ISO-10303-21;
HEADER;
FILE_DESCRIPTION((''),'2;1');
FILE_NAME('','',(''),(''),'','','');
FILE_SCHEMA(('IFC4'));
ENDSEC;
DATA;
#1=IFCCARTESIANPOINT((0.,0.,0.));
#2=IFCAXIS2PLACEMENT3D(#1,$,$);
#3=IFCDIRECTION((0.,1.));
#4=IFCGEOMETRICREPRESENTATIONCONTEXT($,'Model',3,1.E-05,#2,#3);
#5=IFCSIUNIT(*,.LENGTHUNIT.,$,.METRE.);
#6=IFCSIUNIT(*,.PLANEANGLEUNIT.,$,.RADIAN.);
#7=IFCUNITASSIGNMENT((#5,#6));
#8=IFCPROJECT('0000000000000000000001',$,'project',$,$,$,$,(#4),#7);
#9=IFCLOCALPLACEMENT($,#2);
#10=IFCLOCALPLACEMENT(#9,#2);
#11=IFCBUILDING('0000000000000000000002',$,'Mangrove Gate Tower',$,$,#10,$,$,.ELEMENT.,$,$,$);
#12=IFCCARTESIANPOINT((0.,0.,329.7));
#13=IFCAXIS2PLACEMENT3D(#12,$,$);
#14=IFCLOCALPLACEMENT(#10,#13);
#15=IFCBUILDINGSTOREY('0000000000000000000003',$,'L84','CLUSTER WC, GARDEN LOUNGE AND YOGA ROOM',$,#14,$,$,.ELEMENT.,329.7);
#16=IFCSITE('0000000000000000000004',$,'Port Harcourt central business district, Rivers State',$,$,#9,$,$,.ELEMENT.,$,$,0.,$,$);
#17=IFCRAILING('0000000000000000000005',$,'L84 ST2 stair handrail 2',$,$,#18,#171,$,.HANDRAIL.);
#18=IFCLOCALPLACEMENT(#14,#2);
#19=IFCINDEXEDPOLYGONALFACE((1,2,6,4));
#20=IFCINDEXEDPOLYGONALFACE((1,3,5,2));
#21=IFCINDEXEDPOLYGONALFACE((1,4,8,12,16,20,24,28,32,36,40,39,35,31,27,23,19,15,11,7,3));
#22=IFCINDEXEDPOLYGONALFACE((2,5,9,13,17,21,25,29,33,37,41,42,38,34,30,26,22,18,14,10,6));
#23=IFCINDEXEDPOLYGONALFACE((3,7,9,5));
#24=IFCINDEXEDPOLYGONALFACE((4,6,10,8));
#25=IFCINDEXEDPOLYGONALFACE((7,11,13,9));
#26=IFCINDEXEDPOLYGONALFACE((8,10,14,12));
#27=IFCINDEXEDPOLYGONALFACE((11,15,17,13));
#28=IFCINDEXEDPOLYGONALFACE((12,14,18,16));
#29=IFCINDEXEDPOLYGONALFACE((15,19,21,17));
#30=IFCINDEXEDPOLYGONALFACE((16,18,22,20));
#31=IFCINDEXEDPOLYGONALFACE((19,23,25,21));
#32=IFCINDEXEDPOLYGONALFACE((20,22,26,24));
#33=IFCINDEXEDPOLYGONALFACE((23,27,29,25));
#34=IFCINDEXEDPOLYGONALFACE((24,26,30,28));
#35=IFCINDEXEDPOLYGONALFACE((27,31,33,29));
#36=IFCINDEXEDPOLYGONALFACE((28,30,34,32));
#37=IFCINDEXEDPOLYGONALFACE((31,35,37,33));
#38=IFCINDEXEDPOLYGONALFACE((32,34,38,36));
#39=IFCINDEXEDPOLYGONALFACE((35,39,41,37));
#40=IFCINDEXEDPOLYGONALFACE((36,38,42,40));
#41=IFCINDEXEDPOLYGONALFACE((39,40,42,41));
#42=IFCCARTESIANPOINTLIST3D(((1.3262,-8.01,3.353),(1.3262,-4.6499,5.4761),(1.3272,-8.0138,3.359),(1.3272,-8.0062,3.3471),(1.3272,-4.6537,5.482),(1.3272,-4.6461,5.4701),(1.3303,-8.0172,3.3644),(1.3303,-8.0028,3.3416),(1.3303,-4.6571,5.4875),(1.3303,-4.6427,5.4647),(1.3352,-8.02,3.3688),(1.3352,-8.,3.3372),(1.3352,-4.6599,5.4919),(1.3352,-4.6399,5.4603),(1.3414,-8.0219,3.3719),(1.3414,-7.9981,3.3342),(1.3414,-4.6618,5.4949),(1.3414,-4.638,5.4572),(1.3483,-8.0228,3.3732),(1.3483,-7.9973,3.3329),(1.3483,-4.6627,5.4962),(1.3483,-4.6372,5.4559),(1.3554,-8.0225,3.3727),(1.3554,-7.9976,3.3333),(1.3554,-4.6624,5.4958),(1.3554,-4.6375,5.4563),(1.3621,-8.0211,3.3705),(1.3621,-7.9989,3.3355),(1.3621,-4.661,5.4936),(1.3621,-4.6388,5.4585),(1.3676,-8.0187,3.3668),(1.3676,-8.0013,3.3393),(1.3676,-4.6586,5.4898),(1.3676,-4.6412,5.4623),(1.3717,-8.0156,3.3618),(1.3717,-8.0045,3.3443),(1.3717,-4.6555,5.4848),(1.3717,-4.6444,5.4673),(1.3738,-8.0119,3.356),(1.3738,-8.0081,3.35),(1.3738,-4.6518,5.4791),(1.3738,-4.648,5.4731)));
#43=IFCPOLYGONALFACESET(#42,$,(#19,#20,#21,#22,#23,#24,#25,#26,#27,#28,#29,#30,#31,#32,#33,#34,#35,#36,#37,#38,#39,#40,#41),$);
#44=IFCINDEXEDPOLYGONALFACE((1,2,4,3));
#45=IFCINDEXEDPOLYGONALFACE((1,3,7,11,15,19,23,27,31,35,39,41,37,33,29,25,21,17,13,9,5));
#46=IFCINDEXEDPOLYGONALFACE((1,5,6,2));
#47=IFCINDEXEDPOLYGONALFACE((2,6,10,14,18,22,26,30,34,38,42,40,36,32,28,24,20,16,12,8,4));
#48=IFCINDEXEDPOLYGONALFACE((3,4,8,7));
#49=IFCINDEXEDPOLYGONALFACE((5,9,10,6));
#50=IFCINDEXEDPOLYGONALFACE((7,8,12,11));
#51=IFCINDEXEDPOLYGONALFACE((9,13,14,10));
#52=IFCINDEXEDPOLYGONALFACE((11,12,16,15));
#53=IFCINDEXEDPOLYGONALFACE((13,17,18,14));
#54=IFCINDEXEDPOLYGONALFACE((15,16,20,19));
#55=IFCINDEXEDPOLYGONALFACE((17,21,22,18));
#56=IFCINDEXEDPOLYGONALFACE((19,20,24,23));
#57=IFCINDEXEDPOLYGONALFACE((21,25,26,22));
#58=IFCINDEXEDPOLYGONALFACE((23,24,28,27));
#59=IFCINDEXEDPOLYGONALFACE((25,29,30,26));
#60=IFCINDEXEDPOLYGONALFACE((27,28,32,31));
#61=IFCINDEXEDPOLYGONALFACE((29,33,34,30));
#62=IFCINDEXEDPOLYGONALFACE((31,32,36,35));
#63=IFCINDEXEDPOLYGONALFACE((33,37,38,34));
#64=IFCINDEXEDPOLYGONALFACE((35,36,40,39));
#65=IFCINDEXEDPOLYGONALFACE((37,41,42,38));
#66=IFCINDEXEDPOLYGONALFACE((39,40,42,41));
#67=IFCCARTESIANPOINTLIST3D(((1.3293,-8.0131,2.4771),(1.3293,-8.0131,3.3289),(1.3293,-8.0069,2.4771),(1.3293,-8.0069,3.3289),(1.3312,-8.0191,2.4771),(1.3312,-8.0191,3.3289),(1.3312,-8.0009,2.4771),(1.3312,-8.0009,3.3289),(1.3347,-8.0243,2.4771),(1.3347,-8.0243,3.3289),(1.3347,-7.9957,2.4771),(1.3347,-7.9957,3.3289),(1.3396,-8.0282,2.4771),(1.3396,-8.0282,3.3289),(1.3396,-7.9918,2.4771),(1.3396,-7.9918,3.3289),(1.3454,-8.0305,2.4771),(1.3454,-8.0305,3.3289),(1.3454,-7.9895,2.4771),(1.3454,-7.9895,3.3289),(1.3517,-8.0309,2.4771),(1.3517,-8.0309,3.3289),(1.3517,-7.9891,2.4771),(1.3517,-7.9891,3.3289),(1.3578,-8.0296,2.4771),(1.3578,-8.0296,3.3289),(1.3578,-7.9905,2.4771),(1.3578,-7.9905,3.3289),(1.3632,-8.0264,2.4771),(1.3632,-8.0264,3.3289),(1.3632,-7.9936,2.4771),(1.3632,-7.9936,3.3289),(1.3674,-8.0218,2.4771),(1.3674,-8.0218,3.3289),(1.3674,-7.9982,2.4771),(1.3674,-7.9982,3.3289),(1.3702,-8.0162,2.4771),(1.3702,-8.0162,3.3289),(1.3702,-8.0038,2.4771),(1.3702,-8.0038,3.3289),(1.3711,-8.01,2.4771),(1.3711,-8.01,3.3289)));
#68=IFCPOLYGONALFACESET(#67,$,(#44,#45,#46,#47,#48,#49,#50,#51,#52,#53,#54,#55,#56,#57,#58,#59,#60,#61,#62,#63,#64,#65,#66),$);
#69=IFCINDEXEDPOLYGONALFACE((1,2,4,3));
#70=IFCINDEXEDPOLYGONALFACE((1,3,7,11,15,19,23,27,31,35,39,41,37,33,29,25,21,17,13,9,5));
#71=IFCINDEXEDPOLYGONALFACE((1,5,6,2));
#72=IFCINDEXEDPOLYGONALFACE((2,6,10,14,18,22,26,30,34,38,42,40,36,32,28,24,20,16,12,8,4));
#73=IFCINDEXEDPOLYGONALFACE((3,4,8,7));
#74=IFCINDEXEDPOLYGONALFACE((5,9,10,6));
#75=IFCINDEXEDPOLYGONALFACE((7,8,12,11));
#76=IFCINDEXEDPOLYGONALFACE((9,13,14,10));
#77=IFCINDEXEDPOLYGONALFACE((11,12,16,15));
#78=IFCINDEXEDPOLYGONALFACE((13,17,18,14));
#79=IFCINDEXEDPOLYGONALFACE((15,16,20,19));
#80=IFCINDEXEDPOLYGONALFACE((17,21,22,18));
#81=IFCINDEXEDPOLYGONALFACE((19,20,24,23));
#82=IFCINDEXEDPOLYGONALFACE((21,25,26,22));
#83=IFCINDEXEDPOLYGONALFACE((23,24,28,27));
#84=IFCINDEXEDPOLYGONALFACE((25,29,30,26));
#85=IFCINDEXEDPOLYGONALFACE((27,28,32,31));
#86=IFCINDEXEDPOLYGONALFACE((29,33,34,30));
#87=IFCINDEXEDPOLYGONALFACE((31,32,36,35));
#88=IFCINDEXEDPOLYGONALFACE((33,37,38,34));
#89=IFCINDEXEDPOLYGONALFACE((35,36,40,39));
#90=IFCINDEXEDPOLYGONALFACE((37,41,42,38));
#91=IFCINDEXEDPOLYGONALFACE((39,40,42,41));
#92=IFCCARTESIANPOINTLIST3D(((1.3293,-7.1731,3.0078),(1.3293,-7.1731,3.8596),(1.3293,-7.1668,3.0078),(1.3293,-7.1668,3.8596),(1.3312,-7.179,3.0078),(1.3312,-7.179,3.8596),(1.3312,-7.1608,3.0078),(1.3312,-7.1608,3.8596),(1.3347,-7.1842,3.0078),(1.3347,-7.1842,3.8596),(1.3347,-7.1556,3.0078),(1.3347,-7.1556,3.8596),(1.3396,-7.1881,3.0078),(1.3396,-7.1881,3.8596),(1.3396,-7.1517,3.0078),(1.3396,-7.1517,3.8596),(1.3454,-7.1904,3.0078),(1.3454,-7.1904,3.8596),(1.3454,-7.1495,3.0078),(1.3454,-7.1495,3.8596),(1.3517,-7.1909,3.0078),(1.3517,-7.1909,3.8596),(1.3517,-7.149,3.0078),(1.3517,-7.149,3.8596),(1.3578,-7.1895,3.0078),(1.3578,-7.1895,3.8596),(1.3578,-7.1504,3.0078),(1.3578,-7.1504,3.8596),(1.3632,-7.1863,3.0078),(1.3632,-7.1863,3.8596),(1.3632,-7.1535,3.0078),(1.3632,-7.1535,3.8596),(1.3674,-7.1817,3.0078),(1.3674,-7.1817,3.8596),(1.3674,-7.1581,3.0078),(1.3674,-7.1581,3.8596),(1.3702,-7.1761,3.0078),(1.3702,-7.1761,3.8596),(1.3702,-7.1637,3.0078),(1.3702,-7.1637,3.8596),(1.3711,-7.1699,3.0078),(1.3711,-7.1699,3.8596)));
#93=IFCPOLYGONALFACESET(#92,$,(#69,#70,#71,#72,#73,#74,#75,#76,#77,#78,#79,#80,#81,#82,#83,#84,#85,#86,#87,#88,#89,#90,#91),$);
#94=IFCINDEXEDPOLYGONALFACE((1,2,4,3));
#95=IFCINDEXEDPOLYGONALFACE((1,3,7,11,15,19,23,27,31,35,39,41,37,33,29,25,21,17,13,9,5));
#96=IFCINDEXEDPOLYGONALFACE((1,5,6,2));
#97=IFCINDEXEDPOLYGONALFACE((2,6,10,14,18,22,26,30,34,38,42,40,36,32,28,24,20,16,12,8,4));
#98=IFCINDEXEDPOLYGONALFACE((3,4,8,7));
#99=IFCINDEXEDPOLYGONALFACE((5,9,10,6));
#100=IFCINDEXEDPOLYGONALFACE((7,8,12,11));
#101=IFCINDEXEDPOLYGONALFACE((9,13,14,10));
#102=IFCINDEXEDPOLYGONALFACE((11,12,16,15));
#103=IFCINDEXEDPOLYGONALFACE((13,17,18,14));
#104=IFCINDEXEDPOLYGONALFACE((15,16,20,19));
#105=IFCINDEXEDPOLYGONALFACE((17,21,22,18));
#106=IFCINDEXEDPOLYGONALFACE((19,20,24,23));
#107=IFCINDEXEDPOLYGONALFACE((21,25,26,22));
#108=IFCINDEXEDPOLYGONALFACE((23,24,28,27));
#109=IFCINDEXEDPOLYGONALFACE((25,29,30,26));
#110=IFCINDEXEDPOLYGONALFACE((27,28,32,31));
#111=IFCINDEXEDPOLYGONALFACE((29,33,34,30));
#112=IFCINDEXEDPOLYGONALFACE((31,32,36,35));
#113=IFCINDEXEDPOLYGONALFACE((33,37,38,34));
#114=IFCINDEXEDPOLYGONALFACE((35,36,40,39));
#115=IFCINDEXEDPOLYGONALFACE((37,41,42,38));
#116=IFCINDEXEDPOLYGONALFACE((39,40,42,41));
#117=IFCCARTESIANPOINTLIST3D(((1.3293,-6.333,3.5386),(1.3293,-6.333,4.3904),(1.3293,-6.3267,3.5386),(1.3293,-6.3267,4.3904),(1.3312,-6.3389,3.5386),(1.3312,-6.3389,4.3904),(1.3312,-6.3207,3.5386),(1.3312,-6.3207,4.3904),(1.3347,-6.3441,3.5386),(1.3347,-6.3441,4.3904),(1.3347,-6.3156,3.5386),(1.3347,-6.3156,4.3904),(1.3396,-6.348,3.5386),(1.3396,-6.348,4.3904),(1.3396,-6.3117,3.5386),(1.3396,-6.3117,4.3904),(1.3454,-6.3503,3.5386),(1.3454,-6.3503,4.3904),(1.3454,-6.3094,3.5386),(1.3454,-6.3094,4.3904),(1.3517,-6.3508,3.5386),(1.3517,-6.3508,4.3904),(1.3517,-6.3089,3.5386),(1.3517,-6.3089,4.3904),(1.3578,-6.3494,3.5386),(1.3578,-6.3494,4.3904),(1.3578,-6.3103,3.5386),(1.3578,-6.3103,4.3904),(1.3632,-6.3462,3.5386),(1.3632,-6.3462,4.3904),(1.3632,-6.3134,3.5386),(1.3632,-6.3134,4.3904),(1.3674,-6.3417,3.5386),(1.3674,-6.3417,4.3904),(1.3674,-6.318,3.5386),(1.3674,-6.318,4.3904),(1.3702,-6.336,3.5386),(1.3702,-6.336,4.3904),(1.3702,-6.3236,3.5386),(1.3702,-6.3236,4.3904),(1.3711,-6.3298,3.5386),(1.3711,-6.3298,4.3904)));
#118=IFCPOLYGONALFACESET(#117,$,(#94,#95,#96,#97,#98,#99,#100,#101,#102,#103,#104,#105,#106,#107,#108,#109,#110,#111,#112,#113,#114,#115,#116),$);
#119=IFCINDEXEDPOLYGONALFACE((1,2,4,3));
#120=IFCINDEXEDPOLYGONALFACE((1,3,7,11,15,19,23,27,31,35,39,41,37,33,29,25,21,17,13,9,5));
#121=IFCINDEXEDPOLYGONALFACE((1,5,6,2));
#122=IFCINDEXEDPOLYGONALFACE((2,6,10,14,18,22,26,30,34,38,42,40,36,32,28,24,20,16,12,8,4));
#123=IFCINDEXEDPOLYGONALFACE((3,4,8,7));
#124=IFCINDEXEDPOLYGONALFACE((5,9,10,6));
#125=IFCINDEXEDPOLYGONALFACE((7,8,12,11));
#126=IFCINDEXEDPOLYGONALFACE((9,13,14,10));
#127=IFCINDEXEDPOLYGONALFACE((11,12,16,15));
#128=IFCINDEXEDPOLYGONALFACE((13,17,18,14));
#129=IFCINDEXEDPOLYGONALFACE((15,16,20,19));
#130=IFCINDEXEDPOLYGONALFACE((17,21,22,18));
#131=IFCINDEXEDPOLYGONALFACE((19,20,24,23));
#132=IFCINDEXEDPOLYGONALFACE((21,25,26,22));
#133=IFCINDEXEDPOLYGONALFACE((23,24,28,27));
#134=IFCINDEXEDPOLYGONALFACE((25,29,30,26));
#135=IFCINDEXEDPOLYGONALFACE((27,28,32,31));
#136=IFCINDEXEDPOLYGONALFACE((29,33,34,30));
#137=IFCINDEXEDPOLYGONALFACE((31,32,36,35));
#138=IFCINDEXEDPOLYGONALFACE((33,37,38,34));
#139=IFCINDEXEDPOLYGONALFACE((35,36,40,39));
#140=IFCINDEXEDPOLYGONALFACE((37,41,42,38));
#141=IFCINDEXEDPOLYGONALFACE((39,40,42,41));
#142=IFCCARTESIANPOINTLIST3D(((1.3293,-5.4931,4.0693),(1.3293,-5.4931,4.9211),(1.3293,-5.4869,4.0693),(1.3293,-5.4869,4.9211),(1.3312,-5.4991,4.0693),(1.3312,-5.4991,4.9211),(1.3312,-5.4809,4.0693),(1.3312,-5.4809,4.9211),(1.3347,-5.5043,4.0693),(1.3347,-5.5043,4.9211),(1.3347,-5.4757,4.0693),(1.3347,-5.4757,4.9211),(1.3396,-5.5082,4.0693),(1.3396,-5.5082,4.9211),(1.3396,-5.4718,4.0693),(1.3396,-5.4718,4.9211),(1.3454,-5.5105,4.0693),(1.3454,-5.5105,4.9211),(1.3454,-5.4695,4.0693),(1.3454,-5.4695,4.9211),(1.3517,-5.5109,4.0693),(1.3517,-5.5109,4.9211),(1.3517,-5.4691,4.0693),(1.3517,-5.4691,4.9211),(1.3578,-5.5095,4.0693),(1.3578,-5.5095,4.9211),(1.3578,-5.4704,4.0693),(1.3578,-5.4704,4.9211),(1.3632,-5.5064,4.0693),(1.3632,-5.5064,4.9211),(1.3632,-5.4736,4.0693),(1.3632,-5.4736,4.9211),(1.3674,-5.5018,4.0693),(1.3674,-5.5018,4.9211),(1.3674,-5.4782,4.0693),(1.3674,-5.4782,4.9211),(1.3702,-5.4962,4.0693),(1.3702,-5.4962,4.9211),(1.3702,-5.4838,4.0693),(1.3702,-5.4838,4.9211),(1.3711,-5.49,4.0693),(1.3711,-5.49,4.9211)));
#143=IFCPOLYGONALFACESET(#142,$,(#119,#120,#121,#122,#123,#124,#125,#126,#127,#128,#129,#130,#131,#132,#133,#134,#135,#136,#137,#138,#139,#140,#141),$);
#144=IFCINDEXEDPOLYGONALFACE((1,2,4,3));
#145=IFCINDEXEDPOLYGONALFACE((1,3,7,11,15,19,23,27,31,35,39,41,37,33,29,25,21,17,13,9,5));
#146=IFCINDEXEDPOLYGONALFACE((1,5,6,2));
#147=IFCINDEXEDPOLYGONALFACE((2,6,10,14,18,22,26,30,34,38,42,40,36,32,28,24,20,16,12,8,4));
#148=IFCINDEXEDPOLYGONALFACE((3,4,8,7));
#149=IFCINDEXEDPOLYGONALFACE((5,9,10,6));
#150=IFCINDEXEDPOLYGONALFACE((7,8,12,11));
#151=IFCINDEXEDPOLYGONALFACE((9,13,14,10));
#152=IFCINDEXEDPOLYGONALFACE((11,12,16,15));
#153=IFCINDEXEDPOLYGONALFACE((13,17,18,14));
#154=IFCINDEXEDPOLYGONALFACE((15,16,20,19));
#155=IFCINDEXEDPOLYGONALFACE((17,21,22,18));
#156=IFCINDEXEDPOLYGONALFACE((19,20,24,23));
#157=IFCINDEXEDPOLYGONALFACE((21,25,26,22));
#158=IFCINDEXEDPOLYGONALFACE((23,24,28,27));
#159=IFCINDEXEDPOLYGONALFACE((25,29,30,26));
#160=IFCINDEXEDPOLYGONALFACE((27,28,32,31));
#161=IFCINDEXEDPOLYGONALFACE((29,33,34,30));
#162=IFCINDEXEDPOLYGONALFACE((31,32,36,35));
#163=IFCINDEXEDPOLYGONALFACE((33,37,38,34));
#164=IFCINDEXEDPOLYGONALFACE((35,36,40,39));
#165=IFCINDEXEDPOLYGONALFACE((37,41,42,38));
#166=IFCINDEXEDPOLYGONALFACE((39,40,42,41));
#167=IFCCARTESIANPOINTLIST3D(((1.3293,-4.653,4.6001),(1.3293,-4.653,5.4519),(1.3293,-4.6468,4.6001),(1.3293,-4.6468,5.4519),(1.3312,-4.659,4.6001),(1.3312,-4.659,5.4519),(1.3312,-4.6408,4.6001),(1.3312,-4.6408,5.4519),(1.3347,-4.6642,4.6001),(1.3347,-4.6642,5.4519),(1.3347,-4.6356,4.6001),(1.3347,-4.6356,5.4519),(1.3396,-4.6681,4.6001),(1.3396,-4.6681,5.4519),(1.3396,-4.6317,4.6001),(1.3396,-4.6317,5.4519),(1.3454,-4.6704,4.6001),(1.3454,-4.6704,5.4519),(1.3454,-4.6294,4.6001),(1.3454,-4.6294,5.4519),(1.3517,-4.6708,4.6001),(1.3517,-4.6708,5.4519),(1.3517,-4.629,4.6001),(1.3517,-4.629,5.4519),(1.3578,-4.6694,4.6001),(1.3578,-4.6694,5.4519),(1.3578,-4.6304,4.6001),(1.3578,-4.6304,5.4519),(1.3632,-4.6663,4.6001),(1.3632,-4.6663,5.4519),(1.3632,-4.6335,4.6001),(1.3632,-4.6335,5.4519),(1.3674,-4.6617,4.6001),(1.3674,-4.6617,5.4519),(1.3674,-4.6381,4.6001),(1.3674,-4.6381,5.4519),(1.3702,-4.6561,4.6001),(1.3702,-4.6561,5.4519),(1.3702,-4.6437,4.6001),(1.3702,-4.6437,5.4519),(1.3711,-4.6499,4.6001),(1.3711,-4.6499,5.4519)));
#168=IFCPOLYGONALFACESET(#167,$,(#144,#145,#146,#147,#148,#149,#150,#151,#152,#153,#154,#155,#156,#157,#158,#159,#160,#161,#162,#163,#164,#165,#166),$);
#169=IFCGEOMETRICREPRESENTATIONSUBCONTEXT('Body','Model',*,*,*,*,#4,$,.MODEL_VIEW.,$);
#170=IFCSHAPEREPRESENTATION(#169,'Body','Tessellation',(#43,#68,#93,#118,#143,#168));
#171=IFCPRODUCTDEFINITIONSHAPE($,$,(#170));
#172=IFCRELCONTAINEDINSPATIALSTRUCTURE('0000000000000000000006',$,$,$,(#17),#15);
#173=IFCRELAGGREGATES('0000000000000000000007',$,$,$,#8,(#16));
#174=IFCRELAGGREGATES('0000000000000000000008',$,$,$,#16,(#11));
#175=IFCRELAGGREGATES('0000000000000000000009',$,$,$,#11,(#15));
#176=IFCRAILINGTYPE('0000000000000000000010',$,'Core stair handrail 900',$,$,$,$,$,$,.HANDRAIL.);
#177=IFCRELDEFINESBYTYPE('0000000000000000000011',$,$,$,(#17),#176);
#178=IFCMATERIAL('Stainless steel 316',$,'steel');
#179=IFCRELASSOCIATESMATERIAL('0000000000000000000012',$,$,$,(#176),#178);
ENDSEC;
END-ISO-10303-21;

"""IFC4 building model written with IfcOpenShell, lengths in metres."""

from ifc_helpers import new_model, si_unit, direction, frame, origin, origin_2d, place, context, subcontext, project, spatial, circle, extrude, material, type_object, element, save


model = new_model("IFC4")

# Units and contexts
model_context = context("Model", 3, precision=1e-05, world=origin(), true_north=direction((0.0, 1.0)))
body_context = subcontext(model_context, "Body", "Model", "MODEL_VIEW")
ifc_project = project(units=[si_unit("LENGTHUNIT", "METRE"), si_unit("PLANEANGLEUNIT", "RADIAN")], contexts=[model_context])

# Site, building, storey
site_placement = place(None, origin())
site = spatial("IfcSite", under=ifc_project, at=site_placement, Name="Port Harcourt central business district, Rivers State", CompositionType="ELEMENT", RefElevation=0.0)
building_placement = place(site_placement, origin())
building = spatial("IfcBuilding", under=site, at=building_placement, Name="Mangrove Gate Tower", CompositionType="ELEMENT")
storey_placement = place(building_placement, frame((0.0, 0.0, 329.7)))
storey = spatial("IfcBuildingStorey", under=building, at=storey_placement, Name="L84", Description="CLUSTER WC, GARDEN LOUNGE AND YOGA ROOM", CompositionType="ELEMENT", Elevation=329.7)

# Railing
ifc_material_1 = material(Name="Stainless steel 316", Category="steel")
railing_type_1 = type_object("IfcRailingType", Name="Core stair handrail 900", PredefinedType="HANDRAIL", material=ifc_material_1)
railing_1_placement = place(storey_placement, frame((1.3501, -8.01, 2.4771)))
element("IfcRailing", 1, at=railing_1_placement, inside=storey, type_object=railing_type_1, Name="L84 ST2 stair handrail 2", PredefinedType="HANDRAIL", context=body_context, shape_type="SweptSolid", body=[
    extrude(circle(Radius=0.0239, at=origin_2d()), frame((0.0, 0.0, 0.876), z_axis=(0.0, 0.84539, 0.53415), x_axis=(-1.0, 0.0, 0.0)), (0.0, 0.0, 1.0), 3.9746),
    extrude(circle(Radius=0.021, at=origin_2d()), origin(), (0.0, 0.0, 1.0), 0.8518),
    extrude(circle(Radius=0.021, at=origin_2d()), frame((0.0, 0.8401, 0.5308)), (0.0, 0.0, 1.0), 0.8518),
    extrude(circle(Radius=0.021, at=origin_2d()), frame((0.0, 1.6802, 1.0615)), (0.0, 0.0, 1.0), 0.8518),
    extrude(circle(Radius=0.021, at=origin_2d()), frame((0.0, 2.52, 1.5923)), (0.0, 0.0, 1.0), 0.8518),
    extrude(circle(Radius=0.021, at=origin_2d()), frame((0.0, 3.3601, 2.123)), (0.0, 0.0, 1.0), 0.8518),
])

save(model, "model.ifc")
